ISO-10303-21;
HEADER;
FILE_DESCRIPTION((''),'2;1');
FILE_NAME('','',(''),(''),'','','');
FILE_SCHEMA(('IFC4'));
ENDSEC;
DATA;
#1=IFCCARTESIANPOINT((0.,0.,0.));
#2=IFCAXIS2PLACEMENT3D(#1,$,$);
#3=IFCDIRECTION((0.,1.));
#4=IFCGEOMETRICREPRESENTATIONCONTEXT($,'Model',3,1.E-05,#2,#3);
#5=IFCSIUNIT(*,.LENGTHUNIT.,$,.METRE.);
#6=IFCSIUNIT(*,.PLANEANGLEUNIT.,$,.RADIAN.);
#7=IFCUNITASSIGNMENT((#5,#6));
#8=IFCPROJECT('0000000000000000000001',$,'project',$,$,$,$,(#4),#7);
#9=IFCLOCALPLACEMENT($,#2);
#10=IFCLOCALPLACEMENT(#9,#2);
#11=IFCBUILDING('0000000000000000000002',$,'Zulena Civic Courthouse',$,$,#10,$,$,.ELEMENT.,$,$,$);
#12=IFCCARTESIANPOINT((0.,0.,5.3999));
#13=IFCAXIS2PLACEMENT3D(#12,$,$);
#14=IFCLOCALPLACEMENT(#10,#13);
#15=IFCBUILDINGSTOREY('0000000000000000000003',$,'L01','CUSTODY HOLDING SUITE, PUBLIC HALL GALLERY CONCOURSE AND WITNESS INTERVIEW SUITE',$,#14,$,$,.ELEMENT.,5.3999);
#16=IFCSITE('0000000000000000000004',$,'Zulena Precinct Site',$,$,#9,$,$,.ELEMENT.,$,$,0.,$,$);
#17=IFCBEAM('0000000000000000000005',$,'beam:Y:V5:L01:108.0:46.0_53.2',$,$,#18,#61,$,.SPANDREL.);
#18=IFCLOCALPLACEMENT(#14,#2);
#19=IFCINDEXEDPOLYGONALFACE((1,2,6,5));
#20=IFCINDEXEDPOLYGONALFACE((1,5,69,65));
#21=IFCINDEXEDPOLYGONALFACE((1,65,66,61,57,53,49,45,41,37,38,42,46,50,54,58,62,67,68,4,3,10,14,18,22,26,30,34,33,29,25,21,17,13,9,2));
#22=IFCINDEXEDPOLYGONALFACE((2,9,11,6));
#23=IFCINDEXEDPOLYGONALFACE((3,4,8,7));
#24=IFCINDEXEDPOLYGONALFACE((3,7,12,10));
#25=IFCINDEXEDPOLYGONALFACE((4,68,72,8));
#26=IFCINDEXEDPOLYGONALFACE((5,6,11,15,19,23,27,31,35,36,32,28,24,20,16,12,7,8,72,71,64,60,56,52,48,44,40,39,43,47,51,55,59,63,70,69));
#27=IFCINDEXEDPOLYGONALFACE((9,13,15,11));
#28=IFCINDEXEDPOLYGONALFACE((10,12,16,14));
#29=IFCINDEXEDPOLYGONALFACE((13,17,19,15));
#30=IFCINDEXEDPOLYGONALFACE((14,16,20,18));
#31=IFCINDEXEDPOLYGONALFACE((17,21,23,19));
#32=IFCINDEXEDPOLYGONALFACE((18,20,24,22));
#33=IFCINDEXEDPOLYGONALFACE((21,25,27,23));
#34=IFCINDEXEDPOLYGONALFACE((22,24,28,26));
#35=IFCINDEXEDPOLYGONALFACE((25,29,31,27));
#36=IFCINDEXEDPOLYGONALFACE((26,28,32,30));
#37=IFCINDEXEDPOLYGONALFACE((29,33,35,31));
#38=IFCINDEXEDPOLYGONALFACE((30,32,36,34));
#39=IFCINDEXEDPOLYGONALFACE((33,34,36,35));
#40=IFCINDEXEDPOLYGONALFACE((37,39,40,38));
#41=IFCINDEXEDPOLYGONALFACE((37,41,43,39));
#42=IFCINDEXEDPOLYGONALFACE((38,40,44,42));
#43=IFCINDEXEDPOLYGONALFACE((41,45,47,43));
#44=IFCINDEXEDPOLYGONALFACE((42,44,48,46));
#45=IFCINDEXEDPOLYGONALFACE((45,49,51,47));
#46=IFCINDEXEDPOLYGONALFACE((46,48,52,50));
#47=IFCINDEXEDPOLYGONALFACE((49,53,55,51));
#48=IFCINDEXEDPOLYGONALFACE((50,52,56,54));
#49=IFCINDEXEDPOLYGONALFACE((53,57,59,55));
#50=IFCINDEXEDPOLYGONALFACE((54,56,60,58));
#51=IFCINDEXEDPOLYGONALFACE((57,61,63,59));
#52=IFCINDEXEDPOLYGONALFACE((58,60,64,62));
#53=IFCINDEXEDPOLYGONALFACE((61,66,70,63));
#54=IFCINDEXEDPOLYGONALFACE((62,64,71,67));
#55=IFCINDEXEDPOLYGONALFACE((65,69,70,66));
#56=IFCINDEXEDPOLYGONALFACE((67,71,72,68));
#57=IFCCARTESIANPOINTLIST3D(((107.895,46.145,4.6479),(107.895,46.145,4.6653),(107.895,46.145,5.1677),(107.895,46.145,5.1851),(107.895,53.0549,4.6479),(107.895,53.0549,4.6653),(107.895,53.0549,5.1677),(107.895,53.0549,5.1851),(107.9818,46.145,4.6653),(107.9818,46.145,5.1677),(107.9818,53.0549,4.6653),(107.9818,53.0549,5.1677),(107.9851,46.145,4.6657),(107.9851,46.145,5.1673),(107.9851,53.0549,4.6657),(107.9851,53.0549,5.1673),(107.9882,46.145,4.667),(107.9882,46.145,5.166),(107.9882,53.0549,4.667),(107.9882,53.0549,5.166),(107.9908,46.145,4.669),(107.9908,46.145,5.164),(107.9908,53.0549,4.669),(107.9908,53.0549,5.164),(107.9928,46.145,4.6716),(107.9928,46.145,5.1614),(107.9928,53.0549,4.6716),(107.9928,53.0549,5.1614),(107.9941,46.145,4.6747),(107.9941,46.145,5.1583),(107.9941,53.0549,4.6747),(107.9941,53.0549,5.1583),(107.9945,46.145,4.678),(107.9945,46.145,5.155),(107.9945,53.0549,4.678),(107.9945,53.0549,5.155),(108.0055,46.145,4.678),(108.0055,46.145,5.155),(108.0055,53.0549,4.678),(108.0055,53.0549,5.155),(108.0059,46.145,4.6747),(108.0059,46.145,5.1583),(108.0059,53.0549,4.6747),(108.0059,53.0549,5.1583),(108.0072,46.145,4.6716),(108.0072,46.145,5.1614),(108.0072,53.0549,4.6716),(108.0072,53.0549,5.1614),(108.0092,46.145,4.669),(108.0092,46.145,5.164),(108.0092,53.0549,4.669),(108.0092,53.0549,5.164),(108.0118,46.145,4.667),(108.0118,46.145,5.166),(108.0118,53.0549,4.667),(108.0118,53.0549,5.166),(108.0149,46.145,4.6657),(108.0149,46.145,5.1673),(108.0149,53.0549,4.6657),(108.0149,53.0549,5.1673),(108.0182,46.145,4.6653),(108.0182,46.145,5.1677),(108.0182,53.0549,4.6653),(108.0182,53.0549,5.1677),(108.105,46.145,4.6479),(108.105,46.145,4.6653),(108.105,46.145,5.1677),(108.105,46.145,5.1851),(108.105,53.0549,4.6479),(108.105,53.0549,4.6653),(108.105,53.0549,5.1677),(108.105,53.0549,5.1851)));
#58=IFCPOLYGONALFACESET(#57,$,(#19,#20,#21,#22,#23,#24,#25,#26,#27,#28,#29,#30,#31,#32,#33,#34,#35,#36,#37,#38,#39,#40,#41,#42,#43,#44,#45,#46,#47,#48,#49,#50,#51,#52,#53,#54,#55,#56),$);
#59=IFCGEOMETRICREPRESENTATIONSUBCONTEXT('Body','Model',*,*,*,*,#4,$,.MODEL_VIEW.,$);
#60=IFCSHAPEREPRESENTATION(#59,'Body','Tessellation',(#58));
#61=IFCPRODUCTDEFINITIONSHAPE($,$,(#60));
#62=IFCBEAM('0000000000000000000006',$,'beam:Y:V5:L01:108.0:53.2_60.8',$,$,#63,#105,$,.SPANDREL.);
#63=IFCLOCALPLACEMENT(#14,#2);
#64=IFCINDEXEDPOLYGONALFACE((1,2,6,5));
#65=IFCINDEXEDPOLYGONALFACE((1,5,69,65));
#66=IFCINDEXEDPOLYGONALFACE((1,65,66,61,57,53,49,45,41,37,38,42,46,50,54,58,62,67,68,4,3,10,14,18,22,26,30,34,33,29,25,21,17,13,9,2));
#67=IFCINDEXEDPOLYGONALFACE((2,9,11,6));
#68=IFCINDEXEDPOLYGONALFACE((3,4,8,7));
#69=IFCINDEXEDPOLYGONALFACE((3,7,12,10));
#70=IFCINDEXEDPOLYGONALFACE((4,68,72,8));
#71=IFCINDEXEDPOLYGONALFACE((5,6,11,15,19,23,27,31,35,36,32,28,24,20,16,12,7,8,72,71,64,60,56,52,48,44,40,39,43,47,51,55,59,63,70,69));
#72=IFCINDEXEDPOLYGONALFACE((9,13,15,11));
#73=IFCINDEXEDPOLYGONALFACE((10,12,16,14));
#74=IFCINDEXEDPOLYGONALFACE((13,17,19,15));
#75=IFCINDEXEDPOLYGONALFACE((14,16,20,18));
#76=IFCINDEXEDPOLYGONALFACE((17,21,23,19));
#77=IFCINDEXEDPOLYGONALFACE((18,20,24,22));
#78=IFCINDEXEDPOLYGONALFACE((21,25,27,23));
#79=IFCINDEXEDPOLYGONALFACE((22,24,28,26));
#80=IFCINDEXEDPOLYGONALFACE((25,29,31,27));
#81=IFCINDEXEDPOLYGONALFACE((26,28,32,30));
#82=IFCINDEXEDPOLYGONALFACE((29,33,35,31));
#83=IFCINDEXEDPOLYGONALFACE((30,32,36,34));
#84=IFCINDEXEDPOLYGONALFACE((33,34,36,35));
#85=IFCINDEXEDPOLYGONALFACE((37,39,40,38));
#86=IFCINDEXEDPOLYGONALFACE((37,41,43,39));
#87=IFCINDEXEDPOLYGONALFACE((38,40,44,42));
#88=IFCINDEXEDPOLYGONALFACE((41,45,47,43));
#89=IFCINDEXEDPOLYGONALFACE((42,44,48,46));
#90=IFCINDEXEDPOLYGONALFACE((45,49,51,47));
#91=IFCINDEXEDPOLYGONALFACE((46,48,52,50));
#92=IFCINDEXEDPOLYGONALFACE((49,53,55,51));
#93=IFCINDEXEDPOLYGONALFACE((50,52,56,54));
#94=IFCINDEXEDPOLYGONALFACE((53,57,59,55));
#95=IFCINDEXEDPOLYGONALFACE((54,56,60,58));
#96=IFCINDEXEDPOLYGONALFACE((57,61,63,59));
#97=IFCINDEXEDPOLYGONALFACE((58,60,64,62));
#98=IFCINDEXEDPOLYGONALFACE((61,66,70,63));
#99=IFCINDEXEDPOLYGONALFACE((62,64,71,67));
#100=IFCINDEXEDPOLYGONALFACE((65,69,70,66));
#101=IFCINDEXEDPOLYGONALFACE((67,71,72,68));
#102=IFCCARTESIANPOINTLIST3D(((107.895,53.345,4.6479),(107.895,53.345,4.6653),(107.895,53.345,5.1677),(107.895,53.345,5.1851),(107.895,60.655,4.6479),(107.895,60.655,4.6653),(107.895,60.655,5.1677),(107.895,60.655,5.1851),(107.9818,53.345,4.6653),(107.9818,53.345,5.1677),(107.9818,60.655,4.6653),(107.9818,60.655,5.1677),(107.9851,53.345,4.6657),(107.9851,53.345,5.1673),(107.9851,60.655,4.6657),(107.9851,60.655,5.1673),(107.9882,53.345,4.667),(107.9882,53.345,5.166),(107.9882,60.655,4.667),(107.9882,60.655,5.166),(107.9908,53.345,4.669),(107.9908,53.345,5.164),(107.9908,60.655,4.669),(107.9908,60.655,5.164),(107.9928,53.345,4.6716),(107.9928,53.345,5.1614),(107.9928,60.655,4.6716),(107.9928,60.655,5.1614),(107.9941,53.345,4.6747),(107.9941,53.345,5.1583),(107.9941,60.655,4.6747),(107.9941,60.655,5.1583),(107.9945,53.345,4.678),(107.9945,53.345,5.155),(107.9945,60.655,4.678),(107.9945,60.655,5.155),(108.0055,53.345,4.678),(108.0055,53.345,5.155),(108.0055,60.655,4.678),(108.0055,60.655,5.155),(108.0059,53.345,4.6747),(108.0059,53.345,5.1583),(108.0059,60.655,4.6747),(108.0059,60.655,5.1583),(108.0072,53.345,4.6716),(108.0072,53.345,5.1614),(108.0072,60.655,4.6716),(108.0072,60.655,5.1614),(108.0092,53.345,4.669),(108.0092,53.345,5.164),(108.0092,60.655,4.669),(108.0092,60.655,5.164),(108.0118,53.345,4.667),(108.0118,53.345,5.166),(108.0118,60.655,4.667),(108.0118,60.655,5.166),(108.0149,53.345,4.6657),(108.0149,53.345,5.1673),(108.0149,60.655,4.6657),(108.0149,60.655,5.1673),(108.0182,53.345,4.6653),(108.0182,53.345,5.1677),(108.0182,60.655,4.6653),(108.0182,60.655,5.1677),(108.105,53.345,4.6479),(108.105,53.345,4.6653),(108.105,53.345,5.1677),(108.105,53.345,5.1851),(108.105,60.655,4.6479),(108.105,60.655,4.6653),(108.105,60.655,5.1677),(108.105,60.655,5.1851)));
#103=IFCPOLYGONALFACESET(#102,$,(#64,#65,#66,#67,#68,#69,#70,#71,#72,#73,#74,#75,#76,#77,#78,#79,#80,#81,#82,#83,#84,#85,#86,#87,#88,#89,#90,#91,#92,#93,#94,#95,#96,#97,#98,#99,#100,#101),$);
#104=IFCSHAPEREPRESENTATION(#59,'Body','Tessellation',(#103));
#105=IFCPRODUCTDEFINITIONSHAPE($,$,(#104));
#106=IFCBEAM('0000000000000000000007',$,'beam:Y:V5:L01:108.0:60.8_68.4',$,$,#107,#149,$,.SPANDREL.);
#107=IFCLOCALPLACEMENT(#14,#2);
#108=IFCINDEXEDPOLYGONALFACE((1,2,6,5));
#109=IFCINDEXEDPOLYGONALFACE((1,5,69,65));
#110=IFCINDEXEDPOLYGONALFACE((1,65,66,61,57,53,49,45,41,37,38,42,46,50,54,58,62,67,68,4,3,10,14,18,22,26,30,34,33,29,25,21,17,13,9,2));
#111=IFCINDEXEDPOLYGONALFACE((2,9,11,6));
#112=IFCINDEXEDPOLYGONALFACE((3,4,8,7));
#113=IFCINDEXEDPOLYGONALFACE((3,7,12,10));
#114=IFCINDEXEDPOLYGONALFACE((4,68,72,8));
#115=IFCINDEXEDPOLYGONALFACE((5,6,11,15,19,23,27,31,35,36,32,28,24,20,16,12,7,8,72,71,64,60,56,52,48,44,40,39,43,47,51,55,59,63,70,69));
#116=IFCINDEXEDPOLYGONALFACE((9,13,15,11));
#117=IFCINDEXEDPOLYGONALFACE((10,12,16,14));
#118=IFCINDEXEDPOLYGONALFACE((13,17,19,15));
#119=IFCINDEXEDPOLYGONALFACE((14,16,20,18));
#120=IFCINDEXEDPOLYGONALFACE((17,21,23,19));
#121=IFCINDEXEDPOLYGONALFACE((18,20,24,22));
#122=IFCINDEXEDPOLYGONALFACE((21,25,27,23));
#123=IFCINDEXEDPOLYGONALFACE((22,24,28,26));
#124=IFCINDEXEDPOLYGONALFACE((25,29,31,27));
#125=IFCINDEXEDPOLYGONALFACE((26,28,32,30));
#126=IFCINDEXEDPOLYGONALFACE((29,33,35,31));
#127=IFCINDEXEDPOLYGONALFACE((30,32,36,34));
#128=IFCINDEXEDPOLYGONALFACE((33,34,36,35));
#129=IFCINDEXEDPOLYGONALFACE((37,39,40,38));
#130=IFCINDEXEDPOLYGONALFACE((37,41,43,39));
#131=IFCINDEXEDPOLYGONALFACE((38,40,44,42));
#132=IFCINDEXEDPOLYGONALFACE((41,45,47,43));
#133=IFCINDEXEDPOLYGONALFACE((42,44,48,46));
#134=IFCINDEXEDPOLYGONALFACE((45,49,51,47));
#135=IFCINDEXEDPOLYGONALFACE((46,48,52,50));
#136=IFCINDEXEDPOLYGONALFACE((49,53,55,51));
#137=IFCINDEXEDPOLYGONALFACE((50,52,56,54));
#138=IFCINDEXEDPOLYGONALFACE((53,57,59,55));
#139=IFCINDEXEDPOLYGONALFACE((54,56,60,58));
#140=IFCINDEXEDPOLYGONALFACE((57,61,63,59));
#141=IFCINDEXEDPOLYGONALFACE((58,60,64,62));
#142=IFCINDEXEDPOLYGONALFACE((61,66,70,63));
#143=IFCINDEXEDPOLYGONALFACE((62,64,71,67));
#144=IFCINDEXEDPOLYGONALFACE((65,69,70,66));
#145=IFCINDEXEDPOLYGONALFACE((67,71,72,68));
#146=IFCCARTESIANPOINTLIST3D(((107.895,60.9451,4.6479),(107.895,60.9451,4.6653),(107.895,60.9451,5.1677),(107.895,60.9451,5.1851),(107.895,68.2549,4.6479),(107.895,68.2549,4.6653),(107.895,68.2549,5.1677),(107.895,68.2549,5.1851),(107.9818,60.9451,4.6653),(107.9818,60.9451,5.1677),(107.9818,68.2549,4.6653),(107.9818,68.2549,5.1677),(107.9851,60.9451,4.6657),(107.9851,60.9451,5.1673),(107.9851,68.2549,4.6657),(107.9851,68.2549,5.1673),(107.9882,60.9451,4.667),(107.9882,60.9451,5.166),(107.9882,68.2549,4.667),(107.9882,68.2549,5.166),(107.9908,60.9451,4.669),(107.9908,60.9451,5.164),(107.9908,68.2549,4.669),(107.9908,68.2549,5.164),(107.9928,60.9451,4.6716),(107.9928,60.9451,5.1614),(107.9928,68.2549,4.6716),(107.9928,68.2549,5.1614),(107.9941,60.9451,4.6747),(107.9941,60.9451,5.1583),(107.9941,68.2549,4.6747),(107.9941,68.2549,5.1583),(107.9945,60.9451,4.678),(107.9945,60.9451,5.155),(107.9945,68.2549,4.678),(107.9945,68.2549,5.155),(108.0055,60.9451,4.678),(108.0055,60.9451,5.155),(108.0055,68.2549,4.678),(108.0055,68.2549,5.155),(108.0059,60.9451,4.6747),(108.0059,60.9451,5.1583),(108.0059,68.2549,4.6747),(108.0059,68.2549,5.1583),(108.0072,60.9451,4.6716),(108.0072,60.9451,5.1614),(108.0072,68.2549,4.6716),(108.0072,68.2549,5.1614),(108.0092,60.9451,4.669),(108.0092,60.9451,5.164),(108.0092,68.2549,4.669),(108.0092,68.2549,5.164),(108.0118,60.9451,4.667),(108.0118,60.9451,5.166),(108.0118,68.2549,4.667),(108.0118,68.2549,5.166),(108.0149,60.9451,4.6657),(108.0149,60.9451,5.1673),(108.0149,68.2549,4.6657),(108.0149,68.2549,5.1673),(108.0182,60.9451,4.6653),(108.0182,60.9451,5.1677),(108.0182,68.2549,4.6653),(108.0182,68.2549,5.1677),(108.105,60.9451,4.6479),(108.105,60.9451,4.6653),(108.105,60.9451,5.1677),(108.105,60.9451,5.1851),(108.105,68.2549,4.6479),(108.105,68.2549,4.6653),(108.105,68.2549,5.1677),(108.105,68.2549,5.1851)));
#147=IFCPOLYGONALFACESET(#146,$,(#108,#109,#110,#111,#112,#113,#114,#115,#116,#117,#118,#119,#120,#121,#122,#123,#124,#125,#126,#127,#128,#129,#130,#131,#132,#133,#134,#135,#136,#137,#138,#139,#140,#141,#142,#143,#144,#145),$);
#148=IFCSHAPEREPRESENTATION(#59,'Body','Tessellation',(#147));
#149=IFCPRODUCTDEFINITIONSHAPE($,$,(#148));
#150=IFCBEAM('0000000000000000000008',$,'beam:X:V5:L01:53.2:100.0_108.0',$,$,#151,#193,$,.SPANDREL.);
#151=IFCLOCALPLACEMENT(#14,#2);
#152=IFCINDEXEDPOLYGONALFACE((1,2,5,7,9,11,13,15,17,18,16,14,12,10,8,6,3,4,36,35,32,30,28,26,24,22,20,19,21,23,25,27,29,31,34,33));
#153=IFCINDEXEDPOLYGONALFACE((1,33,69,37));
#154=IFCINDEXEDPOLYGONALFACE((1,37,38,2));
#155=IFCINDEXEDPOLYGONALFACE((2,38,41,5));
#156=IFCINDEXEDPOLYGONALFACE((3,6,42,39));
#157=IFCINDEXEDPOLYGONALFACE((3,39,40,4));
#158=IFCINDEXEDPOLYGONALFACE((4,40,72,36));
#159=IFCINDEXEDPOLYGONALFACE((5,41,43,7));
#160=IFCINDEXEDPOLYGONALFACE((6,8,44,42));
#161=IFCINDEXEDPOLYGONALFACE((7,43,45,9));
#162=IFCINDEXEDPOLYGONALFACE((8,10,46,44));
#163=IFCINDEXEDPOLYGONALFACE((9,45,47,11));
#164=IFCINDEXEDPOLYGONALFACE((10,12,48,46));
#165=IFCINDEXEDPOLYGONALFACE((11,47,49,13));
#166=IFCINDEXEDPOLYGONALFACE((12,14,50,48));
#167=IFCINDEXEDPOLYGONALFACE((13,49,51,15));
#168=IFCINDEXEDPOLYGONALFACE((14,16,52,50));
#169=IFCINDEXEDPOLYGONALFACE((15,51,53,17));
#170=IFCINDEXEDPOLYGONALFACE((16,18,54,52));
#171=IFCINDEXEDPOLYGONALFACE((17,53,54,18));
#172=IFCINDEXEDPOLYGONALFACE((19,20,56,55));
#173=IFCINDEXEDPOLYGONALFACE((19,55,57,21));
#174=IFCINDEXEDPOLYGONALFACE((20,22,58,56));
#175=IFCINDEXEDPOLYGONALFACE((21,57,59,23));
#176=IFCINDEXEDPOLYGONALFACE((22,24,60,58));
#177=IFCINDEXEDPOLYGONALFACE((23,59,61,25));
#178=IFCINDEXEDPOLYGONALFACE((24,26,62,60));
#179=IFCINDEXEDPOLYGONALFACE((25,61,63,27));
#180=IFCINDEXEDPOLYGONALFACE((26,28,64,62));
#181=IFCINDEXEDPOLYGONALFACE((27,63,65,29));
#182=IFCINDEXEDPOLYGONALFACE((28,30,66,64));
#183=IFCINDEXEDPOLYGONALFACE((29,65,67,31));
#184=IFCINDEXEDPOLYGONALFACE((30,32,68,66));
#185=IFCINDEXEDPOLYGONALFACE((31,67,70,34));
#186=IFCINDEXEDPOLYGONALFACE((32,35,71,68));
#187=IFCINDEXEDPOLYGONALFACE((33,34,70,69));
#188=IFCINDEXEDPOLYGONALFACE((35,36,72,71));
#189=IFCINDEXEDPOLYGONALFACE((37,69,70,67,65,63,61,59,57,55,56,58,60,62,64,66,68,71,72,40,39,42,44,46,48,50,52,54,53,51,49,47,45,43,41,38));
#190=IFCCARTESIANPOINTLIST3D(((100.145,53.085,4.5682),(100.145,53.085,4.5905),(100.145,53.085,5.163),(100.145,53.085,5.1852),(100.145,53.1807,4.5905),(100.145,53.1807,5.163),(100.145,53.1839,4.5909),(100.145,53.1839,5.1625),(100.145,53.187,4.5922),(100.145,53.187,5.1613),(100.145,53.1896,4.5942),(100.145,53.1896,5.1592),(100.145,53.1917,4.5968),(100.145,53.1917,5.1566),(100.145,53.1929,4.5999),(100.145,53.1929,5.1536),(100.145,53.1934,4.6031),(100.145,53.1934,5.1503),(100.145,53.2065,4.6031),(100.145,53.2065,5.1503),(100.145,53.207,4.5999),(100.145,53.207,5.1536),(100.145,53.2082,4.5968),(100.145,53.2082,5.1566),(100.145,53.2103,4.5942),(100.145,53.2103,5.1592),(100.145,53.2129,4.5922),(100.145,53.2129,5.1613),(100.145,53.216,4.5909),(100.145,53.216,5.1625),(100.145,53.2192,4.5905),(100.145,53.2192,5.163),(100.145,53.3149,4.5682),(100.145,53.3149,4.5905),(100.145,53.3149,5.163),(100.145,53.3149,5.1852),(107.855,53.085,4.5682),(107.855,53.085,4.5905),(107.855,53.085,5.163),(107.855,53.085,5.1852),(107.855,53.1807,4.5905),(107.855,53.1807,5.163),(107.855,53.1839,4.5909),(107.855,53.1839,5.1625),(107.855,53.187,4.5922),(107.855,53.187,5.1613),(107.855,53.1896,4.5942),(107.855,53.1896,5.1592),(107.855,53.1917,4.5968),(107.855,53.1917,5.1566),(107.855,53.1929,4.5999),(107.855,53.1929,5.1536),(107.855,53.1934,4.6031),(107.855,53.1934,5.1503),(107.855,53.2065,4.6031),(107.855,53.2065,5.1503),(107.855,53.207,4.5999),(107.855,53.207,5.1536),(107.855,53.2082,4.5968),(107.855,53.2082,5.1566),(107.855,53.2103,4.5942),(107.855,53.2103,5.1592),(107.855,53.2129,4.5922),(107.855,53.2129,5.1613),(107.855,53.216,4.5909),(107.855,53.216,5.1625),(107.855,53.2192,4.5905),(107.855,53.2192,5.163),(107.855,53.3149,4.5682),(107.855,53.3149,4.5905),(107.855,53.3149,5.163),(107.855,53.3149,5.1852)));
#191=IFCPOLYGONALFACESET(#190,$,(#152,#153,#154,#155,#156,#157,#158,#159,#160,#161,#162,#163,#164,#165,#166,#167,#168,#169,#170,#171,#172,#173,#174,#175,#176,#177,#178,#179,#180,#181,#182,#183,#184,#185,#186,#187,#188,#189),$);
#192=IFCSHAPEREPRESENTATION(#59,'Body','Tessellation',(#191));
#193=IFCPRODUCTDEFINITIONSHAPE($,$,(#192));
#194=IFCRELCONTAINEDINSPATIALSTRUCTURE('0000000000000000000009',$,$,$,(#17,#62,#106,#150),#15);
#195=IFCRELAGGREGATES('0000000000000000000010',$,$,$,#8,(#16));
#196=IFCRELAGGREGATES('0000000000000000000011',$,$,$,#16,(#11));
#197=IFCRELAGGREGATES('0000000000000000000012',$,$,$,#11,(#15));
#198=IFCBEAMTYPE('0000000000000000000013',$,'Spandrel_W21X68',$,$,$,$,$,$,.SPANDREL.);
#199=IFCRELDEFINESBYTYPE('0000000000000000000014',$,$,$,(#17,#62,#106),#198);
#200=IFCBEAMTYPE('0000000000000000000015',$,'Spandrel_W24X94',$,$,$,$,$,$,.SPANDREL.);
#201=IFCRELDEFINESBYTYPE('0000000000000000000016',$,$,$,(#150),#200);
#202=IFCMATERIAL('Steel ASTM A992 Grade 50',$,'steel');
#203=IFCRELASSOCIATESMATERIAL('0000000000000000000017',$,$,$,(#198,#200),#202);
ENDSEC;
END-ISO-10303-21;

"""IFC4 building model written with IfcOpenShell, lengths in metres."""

from ifc_helpers import new_model, si_unit, direction, frame, origin, origin_2d, place, context, subcontext, project, spatial, i_section, extrude, material, material_profile, profile_set, type_object, element, save


model = new_model("IFC4")

# Units and contexts
model_context = context("Model", 3, precision=1e-05, world=origin(), true_north=direction((0.0, 1.0)))
body_context = subcontext(model_context, "Body", "Model", "MODEL_VIEW")
ifc_project = project(units=[si_unit("LENGTHUNIT", "METRE"), si_unit("PLANEANGLEUNIT", "RADIAN")], contexts=[model_context])

# Site, building, storey
site_placement = place(None, origin())
site = spatial("IfcSite", under=ifc_project, at=site_placement, Name="Zulena Precinct Site", CompositionType="ELEMENT", RefElevation=0.0)
building_placement = place(site_placement, origin())
building = spatial("IfcBuilding", under=site, at=building_placement, Name="Zulena Civic Courthouse", CompositionType="ELEMENT")
storey_placement = place(building_placement, frame((0.0, 0.0, 5.3999)))
storey = spatial("IfcBuildingStorey", under=building, at=storey_placement, Name="L01", Description="CUSTODY HOLDING SUITE, PUBLIC HALL GALLERY CONCOURSE AND WITNESS INTERVIEW SUITE", CompositionType="ELEMENT", Elevation=5.3999)

# Shared definitions
ifc_material_1 = material(Name="Steel ASTM A992 Grade 50", Category="steel")

# Beams
ifc_material_profile_1 = material_profile(ifc_material_1, i_section(OverallWidth=0.21, OverallDepth=0.5371, WebThickness=0.011, FlangeThickness=0.0173, FilletRadius=0.0127, at=origin_2d()), Name="W21X68")
ifc_profile_set_1 = profile_set([ifc_material_profile_1], Name="Steel ASTM A992 Grade 50")
beam_type_1 = type_object("IfcBeamType", Name="Spandrel_W21X68", PredefinedType="SPANDREL", material=ifc_profile_set_1)
for number, where, z_axis, x_axis, name in (
    (1, (108.0, 46.145, 4.9165), (0.0, 1.0, 0.0), (-1.0, 0.0, 0.0), "beam:Y:V5:L01:108.0:46.0_53.2"),
):
    element("IfcBeam", number, at=place(storey_placement, frame(where, z_axis=z_axis, x_axis=x_axis)), inside=storey, type_object=beam_type_1, Name=name, PredefinedType="SPANDREL", context=body_context, shape_type="SweptSolid", body=[
        extrude(i_section(OverallWidth=0.21, OverallDepth=0.5371, WebThickness=0.011, FlangeThickness=0.0173, FilletRadius=0.0127, at=origin_2d()), origin(), (0.0, 0.0, 1.0), 6.9099),
    ])
beam_1_placement = place(storey_placement, frame((108.0, 53.345, 4.9165), z_axis=(0.0, 1.0, 0.0), x_axis=(-1.0, 0.0, 0.0)))
element("IfcBeam", 2, at=beam_1_placement, inside=storey, type_object=beam_type_1, Name="beam:Y:V5:L01:108.0:53.2_60.8", PredefinedType="SPANDREL", context=body_context, shape_type="SweptSolid", body=[
    extrude(i_section(OverallWidth=0.21, OverallDepth=0.5371, WebThickness=0.011, FlangeThickness=0.0173, FilletRadius=0.0127, at=origin_2d()), origin(), (0.0, 0.0, 1.0), 7.3101),
])
beam_2_placement = place(storey_placement, frame((108.0, 60.9451, 4.9165), z_axis=(0.0, 1.0, 0.0), x_axis=(-1.0, 0.0, 0.0)))
element("IfcBeam", 3, at=beam_2_placement, inside=storey, type_object=beam_type_1, Name="beam:Y:V5:L01:108.0:60.8_68.4", PredefinedType="SPANDREL", context=body_context, shape_type="SweptSolid", body=[
    extrude(i_section(OverallWidth=0.21, OverallDepth=0.5371, WebThickness=0.011, FlangeThickness=0.0173, FilletRadius=0.0127, at=origin_2d()), origin(), (0.0, 0.0, 1.0), 7.3098),
])
ifc_material_profile_2 = material_profile(ifc_material_1, i_section(OverallWidth=0.23, OverallDepth=0.6169, WebThickness=0.0132, FlangeThickness=0.0222, FilletRadius=0.0127, at=origin_2d()), Name="W24X94")
ifc_profile_set_2 = profile_set([ifc_material_profile_2], Name="Steel ASTM A992 Grade 50")
beam_type_2 = type_object("IfcBeamType", Name="Spandrel_W24X94", PredefinedType="SPANDREL", material=ifc_profile_set_2)
for number, where, z_axis, x_axis, name in (
    (4, (100.145, 53.2, 4.8767), (1.0, 0.0, 0.0), (0.0, 1.0, 0.0), "beam:X:V5:L01:53.2:100.0_108.0"),
):
    element("IfcBeam", number, at=place(storey_placement, frame(where, z_axis=z_axis, x_axis=x_axis)), inside=storey, type_object=beam_type_2, Name=name, PredefinedType="SPANDREL", context=body_context, shape_type="SweptSolid", body=[
        extrude(i_section(OverallWidth=0.23, OverallDepth=0.6169, WebThickness=0.0132, FlangeThickness=0.0222, FilletRadius=0.0127, at=origin_2d()), origin(), (0.0, 0.0, 1.0), 7.71),
    ])

save(model, "model.ifc")
